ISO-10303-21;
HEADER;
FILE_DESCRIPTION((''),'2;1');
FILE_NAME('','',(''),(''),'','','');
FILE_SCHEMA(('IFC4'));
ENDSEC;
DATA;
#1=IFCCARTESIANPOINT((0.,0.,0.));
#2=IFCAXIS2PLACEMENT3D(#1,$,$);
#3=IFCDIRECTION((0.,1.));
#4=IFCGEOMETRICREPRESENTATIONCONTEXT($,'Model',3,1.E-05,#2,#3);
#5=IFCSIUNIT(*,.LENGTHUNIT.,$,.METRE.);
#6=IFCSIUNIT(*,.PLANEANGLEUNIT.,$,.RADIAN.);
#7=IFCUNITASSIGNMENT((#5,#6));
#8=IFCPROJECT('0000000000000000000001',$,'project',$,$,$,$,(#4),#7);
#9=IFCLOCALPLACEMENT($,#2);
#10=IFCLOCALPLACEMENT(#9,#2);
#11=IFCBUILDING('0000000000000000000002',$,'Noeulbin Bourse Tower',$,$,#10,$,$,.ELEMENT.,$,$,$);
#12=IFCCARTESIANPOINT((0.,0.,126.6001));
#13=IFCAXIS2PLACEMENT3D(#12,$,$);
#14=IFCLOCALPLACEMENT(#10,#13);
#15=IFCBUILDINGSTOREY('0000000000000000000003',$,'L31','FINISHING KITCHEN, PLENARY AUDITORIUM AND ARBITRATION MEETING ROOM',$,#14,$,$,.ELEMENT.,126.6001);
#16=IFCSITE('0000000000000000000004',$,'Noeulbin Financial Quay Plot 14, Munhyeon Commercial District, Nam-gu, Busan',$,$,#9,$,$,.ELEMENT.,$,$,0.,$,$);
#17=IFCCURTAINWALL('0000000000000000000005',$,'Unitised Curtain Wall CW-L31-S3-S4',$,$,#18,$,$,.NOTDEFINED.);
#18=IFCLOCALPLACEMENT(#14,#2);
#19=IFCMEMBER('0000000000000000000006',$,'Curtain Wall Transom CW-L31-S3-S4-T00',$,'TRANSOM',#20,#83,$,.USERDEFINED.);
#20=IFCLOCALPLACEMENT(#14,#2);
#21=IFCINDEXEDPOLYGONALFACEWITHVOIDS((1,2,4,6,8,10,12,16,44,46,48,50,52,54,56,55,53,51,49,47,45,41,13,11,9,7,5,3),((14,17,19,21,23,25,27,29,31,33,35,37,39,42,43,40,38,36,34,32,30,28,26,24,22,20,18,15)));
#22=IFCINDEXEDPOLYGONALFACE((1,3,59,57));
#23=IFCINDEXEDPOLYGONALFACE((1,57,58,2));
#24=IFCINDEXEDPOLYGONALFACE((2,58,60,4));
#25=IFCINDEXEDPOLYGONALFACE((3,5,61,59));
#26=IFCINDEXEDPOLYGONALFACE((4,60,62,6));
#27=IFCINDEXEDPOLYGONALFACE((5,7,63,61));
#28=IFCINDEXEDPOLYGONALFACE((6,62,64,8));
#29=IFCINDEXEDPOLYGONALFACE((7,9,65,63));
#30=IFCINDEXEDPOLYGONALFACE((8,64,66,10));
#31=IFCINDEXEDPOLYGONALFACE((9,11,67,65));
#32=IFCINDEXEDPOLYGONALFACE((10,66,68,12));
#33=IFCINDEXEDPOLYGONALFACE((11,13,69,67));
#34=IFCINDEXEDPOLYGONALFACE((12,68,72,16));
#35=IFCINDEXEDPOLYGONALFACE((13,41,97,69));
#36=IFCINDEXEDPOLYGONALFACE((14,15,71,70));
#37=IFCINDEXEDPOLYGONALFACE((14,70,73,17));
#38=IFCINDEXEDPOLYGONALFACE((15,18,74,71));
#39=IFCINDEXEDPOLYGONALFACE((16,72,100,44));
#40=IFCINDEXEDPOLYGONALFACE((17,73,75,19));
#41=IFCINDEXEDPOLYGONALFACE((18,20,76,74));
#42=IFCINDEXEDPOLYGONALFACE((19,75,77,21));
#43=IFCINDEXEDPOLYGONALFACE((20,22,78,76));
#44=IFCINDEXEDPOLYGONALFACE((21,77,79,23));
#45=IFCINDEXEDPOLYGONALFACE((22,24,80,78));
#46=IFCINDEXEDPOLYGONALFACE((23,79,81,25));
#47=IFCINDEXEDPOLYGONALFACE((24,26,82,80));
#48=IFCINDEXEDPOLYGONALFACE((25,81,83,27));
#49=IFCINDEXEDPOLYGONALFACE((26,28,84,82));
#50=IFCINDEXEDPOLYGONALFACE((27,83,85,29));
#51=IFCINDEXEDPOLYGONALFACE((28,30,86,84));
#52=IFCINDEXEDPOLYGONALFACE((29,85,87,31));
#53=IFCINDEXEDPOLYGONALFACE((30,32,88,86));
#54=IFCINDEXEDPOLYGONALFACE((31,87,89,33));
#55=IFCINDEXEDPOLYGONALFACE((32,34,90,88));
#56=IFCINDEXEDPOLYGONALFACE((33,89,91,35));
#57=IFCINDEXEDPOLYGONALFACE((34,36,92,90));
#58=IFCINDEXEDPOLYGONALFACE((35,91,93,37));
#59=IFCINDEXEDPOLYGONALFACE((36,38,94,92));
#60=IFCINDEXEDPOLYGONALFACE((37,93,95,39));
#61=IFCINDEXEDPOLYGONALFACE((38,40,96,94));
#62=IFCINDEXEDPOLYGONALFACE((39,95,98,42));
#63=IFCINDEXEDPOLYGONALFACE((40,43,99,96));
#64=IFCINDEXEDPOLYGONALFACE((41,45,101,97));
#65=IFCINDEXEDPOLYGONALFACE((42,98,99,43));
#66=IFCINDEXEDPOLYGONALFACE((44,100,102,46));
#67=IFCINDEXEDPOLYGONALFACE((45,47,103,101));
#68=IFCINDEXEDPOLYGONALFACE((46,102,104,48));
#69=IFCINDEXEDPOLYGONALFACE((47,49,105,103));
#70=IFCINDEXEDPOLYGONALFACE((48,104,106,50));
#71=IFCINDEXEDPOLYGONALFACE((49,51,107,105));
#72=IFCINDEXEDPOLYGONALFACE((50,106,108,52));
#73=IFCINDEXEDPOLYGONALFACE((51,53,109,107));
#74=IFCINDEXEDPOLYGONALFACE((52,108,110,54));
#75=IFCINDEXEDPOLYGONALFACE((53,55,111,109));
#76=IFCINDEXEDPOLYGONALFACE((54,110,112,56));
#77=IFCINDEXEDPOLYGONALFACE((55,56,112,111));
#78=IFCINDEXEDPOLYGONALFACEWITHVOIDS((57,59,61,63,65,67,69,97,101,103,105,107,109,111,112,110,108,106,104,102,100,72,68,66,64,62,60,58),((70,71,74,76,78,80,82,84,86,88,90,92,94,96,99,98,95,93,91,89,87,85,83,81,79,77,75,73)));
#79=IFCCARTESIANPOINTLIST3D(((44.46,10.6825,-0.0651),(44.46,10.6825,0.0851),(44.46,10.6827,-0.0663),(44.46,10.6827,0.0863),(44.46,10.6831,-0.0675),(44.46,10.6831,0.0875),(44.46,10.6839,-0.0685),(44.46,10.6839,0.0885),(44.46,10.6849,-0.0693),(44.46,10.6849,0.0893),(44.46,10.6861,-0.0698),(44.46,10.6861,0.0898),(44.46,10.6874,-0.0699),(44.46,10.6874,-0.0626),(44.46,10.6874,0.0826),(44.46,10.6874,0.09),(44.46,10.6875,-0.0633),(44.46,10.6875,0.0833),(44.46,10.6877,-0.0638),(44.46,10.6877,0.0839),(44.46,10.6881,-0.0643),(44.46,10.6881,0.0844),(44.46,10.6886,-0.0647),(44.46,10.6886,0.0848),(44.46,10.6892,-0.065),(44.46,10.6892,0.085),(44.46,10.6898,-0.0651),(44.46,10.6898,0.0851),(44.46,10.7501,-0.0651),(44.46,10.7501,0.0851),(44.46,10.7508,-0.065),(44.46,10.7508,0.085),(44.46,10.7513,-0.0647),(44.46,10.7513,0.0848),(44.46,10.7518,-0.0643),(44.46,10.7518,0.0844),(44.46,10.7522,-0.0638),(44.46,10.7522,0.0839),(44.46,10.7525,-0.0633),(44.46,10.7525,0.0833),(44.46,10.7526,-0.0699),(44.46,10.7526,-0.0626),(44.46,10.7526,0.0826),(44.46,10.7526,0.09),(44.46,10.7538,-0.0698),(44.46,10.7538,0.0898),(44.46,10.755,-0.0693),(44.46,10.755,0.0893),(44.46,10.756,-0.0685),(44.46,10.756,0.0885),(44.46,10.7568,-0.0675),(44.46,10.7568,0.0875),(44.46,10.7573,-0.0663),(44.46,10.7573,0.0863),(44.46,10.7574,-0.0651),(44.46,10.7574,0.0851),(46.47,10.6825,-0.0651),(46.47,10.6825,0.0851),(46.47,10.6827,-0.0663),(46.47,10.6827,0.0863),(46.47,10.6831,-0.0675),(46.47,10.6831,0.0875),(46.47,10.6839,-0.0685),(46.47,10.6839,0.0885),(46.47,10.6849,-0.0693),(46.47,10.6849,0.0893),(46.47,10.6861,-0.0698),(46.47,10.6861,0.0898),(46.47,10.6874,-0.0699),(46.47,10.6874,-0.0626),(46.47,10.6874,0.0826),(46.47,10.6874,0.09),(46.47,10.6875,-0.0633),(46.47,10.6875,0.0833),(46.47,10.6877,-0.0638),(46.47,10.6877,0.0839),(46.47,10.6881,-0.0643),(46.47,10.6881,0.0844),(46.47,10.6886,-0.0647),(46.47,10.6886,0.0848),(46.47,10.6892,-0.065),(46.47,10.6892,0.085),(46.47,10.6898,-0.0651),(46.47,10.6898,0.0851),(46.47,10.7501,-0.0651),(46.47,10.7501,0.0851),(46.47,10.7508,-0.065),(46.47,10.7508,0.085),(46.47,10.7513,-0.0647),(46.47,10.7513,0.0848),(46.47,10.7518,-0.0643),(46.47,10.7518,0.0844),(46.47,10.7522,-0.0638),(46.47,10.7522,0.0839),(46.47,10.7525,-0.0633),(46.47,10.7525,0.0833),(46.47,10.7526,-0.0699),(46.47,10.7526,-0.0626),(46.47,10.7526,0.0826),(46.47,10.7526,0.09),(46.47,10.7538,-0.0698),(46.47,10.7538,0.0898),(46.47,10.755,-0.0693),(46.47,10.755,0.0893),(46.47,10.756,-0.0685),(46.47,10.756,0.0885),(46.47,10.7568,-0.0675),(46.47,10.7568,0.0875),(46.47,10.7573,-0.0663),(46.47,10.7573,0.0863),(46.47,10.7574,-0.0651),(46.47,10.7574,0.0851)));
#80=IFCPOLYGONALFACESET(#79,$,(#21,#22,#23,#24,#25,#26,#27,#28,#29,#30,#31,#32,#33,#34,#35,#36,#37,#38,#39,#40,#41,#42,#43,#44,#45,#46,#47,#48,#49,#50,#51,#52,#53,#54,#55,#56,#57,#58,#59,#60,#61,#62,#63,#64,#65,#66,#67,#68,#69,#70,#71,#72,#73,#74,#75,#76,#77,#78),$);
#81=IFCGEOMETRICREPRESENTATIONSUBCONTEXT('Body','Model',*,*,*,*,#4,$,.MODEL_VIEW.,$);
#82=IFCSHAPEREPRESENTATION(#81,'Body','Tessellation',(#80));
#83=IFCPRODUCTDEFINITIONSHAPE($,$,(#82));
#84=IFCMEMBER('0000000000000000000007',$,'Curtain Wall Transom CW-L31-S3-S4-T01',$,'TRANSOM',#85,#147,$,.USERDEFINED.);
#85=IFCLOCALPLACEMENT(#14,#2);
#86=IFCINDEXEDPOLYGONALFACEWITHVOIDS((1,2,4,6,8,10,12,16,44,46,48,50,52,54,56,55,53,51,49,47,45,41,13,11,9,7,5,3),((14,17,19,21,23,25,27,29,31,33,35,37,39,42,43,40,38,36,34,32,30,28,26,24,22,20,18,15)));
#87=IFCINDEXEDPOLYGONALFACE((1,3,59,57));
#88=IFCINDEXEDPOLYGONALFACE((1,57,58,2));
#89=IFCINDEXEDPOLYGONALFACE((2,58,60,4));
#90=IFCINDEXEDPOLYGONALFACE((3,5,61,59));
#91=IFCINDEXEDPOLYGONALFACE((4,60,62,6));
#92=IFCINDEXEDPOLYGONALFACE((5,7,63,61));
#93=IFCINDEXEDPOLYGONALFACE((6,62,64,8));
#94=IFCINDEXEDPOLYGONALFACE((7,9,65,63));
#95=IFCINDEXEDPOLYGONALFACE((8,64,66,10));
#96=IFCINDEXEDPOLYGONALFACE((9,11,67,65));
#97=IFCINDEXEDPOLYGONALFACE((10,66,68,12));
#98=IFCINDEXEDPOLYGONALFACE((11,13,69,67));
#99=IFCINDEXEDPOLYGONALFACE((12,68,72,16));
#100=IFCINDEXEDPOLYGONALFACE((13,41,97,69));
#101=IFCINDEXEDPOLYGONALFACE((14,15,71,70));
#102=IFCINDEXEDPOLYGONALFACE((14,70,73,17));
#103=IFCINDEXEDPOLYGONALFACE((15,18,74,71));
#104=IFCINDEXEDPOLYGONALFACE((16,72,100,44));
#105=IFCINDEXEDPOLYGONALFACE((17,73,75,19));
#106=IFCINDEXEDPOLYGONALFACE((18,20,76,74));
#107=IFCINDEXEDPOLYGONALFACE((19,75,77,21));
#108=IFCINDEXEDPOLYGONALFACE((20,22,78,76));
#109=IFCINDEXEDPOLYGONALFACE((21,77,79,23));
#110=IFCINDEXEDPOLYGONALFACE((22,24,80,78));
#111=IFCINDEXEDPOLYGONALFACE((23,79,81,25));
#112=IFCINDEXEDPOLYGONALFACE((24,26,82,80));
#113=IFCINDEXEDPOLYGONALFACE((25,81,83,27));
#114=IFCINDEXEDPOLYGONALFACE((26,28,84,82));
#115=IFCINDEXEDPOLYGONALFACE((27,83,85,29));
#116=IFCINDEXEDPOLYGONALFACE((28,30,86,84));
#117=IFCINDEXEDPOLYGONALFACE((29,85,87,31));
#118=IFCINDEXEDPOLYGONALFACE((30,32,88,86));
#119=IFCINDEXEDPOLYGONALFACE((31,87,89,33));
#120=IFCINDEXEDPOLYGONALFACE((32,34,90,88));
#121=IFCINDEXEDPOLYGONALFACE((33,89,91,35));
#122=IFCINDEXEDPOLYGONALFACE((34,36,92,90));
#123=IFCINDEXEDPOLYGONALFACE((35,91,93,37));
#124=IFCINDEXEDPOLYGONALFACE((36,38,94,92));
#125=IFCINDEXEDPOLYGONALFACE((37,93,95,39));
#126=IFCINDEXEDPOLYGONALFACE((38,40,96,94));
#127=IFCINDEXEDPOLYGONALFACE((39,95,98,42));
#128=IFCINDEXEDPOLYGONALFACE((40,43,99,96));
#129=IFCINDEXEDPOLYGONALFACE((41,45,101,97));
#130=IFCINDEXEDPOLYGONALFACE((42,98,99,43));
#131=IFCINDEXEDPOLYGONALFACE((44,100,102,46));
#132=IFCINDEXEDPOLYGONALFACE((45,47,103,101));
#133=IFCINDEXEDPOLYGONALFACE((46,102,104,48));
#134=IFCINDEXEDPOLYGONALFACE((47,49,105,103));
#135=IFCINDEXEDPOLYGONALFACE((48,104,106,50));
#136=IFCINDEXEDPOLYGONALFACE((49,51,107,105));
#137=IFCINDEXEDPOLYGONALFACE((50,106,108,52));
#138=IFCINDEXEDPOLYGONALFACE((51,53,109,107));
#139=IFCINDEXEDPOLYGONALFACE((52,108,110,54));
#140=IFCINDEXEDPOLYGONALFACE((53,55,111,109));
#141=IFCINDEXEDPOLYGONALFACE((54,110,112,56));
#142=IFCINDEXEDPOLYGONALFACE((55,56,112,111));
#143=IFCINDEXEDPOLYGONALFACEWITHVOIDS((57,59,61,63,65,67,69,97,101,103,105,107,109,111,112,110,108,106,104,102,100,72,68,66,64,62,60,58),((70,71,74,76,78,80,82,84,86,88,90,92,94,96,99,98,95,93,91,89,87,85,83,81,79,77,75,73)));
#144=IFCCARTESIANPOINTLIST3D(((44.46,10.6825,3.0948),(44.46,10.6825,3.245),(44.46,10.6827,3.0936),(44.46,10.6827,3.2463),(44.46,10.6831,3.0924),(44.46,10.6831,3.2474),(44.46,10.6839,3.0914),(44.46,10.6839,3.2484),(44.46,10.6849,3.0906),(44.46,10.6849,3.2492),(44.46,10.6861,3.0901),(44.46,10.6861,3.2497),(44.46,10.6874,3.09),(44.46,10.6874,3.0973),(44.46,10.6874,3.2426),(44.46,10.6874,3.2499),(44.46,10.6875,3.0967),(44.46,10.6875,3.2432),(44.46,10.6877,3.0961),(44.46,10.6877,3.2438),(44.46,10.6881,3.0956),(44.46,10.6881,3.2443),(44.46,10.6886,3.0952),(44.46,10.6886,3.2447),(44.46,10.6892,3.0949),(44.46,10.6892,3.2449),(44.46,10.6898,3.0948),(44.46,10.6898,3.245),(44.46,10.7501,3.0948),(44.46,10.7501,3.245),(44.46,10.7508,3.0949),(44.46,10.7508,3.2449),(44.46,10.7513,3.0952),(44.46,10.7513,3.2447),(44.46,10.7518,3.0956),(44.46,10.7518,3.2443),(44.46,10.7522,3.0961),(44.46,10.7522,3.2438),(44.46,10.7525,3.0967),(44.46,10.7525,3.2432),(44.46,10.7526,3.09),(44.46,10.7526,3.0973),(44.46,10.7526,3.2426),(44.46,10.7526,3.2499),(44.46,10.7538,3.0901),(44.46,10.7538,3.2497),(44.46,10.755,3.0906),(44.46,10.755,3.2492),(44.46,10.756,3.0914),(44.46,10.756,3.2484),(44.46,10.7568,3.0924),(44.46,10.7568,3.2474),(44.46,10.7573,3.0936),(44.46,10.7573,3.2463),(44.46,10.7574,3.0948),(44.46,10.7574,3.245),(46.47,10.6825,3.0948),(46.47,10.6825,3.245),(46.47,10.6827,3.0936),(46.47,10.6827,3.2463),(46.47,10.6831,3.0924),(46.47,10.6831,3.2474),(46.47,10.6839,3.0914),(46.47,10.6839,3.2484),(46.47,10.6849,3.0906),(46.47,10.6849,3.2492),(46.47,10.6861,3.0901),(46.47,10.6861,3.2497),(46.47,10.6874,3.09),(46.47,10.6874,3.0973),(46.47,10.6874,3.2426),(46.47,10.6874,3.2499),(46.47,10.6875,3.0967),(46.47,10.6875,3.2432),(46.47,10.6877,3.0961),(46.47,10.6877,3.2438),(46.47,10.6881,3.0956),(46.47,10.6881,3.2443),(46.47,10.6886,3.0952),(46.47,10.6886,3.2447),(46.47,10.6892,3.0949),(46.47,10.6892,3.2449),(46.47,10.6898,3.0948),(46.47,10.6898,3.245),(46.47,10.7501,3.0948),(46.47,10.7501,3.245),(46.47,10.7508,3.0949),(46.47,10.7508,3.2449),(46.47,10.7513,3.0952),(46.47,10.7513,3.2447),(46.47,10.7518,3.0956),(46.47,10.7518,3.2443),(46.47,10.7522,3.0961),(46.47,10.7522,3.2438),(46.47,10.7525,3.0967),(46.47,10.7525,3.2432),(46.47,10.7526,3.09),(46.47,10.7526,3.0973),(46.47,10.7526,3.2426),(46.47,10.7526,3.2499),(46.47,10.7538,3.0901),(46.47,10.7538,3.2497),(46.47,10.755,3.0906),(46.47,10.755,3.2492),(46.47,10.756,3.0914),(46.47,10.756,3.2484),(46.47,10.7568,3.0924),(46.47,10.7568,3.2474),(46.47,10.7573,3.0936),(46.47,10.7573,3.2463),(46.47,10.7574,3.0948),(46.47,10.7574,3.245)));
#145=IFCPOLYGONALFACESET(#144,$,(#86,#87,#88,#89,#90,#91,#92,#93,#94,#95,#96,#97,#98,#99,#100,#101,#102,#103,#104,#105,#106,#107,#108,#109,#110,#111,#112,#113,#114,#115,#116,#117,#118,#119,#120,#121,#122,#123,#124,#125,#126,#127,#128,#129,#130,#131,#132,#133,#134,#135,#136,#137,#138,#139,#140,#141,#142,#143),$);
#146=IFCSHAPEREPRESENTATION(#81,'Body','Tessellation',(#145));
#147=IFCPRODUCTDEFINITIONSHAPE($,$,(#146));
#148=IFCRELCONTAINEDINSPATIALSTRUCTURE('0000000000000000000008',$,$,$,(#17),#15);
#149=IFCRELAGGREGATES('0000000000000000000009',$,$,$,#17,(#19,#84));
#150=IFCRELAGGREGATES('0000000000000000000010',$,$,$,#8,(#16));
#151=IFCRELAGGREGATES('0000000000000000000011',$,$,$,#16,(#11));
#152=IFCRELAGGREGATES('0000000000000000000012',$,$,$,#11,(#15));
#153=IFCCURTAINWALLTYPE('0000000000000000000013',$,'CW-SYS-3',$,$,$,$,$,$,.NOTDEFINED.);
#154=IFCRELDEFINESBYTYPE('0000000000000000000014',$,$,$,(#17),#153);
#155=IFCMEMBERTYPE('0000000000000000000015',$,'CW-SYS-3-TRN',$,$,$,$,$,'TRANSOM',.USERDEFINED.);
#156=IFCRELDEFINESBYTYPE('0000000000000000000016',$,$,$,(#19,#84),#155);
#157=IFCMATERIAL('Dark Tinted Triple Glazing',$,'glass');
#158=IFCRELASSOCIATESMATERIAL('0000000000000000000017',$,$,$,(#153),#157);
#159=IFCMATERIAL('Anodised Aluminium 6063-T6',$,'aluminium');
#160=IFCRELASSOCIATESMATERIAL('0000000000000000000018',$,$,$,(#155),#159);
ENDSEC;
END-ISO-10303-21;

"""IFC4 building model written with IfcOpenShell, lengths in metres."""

from ifc_helpers import new_model, si_unit, direction, frame, origin, origin_2d, place, context, subcontext, project, spatial, hollow_rectangle, extrude, material, material_profile, profile_set, type_object, element, aggregate, save


model = new_model("IFC4")

# Units and contexts
model_context = context("Model", 3, precision=1e-05, world=origin(), true_north=direction((0.0, 1.0)))
body_context = subcontext(model_context, "Body", "Model", "MODEL_VIEW")
ifc_project = project(units=[si_unit("LENGTHUNIT", "METRE"), si_unit("PLANEANGLEUNIT", "RADIAN")], contexts=[model_context])

# Site, building, storey
site_placement = place(None, origin())
site = spatial("IfcSite", under=ifc_project, at=site_placement, Name="Noeulbin Financial Quay Plot 14, Munhyeon Commercial District, Nam-gu, Busan", CompositionType="ELEMENT", RefElevation=0.0)
building_placement = place(site_placement, origin())
building = spatial("IfcBuilding", under=site, at=building_placement, Name="Noeulbin Bourse Tower", CompositionType="ELEMENT")
storey_placement = place(building_placement, frame((0.0, 0.0, 126.6001)))
storey = spatial("IfcBuildingStorey", under=building, at=storey_placement, Name="L31", Description="FINISHING KITCHEN, PLENARY AUDITORIUM AND ARBITRATION MEETING ROOM", CompositionType="ELEMENT", Elevation=126.6001)

# Curtain wall
ifc_material_1 = material(Name="Dark Tinted Triple Glazing", Category="glass")
curtain_wall_type = type_object("IfcCurtainWallType", Name="CW-SYS-3", PredefinedType="NOTDEFINED", material=ifc_material_1)
curtain_wall_1_placement = place(storey_placement, origin())
curtain_wall_1 = element("IfcCurtainWall", 1, at=curtain_wall_1_placement, inside=storey, type_object=curtain_wall_type, Name="Unitised Curtain Wall CW-L31-S3-S4", PredefinedType="NOTDEFINED")
ifc_material_2 = material(Name="Anodised Aluminium 6063-T6", Category="aluminium")

# Members
ifc_material_profile_1 = material_profile(ifc_material_2, hollow_rectangle(XDim=0.075, YDim=0.1599, WallThickness=0.0049, InnerFilletRadius=0.0024, OuterFilletRadius=0.0049, at=origin_2d()), Name="ALU-TRAN-75x160x5", Category="LoadBearing")
ifc_profile_set_1 = profile_set([ifc_material_profile_1], Name="Anodised Aluminium 6063-T6")
member_type_1 = type_object("IfcMemberType", Name="CW-SYS-3-TRN", ElementType="TRANSOM", PredefinedType="USERDEFINED", material=ifc_profile_set_1)
member_1_placement = place(storey_placement, frame((44.46, 10.72, 0.01), z_axis=(1.0, 0.0, 0.0), x_axis=(0.0, 1.0, 0.0)))
member_1 = element("IfcMember", 2, at=member_1_placement, type_object=member_type_1, Name="Curtain Wall Transom CW-L31-S3-S4-T00", ObjectType="TRANSOM", PredefinedType="USERDEFINED", context=body_context, shape_type="SweptSolid", body=[
    extrude(hollow_rectangle(XDim=0.075, YDim=0.1599, WallThickness=0.0049, InnerFilletRadius=0.0024, OuterFilletRadius=0.0049, at=origin_2d()), origin(), (0.0, 0.0, 1.0), 2.01),
])
member_2_placement = place(storey_placement, frame((44.46, 10.72, 3.1699), z_axis=(1.0, 0.0, 0.0), x_axis=(0.0, 1.0, 0.0)))
member_2 = element("IfcMember", 3, at=member_2_placement, type_object=member_type_1, Name="Curtain Wall Transom CW-L31-S3-S4-T01", ObjectType="TRANSOM", PredefinedType="USERDEFINED", context=body_context, shape_type="SweptSolid", body=[
    extrude(hollow_rectangle(XDim=0.075, YDim=0.1599, WallThickness=0.0049, InnerFilletRadius=0.0024, OuterFilletRadius=0.0049, at=origin_2d()), origin(), (0.0, 0.0, 1.0), 2.01),
])

aggregate(curtain_wall_1, [member_1, member_2])

save(model, "model.ifc")
